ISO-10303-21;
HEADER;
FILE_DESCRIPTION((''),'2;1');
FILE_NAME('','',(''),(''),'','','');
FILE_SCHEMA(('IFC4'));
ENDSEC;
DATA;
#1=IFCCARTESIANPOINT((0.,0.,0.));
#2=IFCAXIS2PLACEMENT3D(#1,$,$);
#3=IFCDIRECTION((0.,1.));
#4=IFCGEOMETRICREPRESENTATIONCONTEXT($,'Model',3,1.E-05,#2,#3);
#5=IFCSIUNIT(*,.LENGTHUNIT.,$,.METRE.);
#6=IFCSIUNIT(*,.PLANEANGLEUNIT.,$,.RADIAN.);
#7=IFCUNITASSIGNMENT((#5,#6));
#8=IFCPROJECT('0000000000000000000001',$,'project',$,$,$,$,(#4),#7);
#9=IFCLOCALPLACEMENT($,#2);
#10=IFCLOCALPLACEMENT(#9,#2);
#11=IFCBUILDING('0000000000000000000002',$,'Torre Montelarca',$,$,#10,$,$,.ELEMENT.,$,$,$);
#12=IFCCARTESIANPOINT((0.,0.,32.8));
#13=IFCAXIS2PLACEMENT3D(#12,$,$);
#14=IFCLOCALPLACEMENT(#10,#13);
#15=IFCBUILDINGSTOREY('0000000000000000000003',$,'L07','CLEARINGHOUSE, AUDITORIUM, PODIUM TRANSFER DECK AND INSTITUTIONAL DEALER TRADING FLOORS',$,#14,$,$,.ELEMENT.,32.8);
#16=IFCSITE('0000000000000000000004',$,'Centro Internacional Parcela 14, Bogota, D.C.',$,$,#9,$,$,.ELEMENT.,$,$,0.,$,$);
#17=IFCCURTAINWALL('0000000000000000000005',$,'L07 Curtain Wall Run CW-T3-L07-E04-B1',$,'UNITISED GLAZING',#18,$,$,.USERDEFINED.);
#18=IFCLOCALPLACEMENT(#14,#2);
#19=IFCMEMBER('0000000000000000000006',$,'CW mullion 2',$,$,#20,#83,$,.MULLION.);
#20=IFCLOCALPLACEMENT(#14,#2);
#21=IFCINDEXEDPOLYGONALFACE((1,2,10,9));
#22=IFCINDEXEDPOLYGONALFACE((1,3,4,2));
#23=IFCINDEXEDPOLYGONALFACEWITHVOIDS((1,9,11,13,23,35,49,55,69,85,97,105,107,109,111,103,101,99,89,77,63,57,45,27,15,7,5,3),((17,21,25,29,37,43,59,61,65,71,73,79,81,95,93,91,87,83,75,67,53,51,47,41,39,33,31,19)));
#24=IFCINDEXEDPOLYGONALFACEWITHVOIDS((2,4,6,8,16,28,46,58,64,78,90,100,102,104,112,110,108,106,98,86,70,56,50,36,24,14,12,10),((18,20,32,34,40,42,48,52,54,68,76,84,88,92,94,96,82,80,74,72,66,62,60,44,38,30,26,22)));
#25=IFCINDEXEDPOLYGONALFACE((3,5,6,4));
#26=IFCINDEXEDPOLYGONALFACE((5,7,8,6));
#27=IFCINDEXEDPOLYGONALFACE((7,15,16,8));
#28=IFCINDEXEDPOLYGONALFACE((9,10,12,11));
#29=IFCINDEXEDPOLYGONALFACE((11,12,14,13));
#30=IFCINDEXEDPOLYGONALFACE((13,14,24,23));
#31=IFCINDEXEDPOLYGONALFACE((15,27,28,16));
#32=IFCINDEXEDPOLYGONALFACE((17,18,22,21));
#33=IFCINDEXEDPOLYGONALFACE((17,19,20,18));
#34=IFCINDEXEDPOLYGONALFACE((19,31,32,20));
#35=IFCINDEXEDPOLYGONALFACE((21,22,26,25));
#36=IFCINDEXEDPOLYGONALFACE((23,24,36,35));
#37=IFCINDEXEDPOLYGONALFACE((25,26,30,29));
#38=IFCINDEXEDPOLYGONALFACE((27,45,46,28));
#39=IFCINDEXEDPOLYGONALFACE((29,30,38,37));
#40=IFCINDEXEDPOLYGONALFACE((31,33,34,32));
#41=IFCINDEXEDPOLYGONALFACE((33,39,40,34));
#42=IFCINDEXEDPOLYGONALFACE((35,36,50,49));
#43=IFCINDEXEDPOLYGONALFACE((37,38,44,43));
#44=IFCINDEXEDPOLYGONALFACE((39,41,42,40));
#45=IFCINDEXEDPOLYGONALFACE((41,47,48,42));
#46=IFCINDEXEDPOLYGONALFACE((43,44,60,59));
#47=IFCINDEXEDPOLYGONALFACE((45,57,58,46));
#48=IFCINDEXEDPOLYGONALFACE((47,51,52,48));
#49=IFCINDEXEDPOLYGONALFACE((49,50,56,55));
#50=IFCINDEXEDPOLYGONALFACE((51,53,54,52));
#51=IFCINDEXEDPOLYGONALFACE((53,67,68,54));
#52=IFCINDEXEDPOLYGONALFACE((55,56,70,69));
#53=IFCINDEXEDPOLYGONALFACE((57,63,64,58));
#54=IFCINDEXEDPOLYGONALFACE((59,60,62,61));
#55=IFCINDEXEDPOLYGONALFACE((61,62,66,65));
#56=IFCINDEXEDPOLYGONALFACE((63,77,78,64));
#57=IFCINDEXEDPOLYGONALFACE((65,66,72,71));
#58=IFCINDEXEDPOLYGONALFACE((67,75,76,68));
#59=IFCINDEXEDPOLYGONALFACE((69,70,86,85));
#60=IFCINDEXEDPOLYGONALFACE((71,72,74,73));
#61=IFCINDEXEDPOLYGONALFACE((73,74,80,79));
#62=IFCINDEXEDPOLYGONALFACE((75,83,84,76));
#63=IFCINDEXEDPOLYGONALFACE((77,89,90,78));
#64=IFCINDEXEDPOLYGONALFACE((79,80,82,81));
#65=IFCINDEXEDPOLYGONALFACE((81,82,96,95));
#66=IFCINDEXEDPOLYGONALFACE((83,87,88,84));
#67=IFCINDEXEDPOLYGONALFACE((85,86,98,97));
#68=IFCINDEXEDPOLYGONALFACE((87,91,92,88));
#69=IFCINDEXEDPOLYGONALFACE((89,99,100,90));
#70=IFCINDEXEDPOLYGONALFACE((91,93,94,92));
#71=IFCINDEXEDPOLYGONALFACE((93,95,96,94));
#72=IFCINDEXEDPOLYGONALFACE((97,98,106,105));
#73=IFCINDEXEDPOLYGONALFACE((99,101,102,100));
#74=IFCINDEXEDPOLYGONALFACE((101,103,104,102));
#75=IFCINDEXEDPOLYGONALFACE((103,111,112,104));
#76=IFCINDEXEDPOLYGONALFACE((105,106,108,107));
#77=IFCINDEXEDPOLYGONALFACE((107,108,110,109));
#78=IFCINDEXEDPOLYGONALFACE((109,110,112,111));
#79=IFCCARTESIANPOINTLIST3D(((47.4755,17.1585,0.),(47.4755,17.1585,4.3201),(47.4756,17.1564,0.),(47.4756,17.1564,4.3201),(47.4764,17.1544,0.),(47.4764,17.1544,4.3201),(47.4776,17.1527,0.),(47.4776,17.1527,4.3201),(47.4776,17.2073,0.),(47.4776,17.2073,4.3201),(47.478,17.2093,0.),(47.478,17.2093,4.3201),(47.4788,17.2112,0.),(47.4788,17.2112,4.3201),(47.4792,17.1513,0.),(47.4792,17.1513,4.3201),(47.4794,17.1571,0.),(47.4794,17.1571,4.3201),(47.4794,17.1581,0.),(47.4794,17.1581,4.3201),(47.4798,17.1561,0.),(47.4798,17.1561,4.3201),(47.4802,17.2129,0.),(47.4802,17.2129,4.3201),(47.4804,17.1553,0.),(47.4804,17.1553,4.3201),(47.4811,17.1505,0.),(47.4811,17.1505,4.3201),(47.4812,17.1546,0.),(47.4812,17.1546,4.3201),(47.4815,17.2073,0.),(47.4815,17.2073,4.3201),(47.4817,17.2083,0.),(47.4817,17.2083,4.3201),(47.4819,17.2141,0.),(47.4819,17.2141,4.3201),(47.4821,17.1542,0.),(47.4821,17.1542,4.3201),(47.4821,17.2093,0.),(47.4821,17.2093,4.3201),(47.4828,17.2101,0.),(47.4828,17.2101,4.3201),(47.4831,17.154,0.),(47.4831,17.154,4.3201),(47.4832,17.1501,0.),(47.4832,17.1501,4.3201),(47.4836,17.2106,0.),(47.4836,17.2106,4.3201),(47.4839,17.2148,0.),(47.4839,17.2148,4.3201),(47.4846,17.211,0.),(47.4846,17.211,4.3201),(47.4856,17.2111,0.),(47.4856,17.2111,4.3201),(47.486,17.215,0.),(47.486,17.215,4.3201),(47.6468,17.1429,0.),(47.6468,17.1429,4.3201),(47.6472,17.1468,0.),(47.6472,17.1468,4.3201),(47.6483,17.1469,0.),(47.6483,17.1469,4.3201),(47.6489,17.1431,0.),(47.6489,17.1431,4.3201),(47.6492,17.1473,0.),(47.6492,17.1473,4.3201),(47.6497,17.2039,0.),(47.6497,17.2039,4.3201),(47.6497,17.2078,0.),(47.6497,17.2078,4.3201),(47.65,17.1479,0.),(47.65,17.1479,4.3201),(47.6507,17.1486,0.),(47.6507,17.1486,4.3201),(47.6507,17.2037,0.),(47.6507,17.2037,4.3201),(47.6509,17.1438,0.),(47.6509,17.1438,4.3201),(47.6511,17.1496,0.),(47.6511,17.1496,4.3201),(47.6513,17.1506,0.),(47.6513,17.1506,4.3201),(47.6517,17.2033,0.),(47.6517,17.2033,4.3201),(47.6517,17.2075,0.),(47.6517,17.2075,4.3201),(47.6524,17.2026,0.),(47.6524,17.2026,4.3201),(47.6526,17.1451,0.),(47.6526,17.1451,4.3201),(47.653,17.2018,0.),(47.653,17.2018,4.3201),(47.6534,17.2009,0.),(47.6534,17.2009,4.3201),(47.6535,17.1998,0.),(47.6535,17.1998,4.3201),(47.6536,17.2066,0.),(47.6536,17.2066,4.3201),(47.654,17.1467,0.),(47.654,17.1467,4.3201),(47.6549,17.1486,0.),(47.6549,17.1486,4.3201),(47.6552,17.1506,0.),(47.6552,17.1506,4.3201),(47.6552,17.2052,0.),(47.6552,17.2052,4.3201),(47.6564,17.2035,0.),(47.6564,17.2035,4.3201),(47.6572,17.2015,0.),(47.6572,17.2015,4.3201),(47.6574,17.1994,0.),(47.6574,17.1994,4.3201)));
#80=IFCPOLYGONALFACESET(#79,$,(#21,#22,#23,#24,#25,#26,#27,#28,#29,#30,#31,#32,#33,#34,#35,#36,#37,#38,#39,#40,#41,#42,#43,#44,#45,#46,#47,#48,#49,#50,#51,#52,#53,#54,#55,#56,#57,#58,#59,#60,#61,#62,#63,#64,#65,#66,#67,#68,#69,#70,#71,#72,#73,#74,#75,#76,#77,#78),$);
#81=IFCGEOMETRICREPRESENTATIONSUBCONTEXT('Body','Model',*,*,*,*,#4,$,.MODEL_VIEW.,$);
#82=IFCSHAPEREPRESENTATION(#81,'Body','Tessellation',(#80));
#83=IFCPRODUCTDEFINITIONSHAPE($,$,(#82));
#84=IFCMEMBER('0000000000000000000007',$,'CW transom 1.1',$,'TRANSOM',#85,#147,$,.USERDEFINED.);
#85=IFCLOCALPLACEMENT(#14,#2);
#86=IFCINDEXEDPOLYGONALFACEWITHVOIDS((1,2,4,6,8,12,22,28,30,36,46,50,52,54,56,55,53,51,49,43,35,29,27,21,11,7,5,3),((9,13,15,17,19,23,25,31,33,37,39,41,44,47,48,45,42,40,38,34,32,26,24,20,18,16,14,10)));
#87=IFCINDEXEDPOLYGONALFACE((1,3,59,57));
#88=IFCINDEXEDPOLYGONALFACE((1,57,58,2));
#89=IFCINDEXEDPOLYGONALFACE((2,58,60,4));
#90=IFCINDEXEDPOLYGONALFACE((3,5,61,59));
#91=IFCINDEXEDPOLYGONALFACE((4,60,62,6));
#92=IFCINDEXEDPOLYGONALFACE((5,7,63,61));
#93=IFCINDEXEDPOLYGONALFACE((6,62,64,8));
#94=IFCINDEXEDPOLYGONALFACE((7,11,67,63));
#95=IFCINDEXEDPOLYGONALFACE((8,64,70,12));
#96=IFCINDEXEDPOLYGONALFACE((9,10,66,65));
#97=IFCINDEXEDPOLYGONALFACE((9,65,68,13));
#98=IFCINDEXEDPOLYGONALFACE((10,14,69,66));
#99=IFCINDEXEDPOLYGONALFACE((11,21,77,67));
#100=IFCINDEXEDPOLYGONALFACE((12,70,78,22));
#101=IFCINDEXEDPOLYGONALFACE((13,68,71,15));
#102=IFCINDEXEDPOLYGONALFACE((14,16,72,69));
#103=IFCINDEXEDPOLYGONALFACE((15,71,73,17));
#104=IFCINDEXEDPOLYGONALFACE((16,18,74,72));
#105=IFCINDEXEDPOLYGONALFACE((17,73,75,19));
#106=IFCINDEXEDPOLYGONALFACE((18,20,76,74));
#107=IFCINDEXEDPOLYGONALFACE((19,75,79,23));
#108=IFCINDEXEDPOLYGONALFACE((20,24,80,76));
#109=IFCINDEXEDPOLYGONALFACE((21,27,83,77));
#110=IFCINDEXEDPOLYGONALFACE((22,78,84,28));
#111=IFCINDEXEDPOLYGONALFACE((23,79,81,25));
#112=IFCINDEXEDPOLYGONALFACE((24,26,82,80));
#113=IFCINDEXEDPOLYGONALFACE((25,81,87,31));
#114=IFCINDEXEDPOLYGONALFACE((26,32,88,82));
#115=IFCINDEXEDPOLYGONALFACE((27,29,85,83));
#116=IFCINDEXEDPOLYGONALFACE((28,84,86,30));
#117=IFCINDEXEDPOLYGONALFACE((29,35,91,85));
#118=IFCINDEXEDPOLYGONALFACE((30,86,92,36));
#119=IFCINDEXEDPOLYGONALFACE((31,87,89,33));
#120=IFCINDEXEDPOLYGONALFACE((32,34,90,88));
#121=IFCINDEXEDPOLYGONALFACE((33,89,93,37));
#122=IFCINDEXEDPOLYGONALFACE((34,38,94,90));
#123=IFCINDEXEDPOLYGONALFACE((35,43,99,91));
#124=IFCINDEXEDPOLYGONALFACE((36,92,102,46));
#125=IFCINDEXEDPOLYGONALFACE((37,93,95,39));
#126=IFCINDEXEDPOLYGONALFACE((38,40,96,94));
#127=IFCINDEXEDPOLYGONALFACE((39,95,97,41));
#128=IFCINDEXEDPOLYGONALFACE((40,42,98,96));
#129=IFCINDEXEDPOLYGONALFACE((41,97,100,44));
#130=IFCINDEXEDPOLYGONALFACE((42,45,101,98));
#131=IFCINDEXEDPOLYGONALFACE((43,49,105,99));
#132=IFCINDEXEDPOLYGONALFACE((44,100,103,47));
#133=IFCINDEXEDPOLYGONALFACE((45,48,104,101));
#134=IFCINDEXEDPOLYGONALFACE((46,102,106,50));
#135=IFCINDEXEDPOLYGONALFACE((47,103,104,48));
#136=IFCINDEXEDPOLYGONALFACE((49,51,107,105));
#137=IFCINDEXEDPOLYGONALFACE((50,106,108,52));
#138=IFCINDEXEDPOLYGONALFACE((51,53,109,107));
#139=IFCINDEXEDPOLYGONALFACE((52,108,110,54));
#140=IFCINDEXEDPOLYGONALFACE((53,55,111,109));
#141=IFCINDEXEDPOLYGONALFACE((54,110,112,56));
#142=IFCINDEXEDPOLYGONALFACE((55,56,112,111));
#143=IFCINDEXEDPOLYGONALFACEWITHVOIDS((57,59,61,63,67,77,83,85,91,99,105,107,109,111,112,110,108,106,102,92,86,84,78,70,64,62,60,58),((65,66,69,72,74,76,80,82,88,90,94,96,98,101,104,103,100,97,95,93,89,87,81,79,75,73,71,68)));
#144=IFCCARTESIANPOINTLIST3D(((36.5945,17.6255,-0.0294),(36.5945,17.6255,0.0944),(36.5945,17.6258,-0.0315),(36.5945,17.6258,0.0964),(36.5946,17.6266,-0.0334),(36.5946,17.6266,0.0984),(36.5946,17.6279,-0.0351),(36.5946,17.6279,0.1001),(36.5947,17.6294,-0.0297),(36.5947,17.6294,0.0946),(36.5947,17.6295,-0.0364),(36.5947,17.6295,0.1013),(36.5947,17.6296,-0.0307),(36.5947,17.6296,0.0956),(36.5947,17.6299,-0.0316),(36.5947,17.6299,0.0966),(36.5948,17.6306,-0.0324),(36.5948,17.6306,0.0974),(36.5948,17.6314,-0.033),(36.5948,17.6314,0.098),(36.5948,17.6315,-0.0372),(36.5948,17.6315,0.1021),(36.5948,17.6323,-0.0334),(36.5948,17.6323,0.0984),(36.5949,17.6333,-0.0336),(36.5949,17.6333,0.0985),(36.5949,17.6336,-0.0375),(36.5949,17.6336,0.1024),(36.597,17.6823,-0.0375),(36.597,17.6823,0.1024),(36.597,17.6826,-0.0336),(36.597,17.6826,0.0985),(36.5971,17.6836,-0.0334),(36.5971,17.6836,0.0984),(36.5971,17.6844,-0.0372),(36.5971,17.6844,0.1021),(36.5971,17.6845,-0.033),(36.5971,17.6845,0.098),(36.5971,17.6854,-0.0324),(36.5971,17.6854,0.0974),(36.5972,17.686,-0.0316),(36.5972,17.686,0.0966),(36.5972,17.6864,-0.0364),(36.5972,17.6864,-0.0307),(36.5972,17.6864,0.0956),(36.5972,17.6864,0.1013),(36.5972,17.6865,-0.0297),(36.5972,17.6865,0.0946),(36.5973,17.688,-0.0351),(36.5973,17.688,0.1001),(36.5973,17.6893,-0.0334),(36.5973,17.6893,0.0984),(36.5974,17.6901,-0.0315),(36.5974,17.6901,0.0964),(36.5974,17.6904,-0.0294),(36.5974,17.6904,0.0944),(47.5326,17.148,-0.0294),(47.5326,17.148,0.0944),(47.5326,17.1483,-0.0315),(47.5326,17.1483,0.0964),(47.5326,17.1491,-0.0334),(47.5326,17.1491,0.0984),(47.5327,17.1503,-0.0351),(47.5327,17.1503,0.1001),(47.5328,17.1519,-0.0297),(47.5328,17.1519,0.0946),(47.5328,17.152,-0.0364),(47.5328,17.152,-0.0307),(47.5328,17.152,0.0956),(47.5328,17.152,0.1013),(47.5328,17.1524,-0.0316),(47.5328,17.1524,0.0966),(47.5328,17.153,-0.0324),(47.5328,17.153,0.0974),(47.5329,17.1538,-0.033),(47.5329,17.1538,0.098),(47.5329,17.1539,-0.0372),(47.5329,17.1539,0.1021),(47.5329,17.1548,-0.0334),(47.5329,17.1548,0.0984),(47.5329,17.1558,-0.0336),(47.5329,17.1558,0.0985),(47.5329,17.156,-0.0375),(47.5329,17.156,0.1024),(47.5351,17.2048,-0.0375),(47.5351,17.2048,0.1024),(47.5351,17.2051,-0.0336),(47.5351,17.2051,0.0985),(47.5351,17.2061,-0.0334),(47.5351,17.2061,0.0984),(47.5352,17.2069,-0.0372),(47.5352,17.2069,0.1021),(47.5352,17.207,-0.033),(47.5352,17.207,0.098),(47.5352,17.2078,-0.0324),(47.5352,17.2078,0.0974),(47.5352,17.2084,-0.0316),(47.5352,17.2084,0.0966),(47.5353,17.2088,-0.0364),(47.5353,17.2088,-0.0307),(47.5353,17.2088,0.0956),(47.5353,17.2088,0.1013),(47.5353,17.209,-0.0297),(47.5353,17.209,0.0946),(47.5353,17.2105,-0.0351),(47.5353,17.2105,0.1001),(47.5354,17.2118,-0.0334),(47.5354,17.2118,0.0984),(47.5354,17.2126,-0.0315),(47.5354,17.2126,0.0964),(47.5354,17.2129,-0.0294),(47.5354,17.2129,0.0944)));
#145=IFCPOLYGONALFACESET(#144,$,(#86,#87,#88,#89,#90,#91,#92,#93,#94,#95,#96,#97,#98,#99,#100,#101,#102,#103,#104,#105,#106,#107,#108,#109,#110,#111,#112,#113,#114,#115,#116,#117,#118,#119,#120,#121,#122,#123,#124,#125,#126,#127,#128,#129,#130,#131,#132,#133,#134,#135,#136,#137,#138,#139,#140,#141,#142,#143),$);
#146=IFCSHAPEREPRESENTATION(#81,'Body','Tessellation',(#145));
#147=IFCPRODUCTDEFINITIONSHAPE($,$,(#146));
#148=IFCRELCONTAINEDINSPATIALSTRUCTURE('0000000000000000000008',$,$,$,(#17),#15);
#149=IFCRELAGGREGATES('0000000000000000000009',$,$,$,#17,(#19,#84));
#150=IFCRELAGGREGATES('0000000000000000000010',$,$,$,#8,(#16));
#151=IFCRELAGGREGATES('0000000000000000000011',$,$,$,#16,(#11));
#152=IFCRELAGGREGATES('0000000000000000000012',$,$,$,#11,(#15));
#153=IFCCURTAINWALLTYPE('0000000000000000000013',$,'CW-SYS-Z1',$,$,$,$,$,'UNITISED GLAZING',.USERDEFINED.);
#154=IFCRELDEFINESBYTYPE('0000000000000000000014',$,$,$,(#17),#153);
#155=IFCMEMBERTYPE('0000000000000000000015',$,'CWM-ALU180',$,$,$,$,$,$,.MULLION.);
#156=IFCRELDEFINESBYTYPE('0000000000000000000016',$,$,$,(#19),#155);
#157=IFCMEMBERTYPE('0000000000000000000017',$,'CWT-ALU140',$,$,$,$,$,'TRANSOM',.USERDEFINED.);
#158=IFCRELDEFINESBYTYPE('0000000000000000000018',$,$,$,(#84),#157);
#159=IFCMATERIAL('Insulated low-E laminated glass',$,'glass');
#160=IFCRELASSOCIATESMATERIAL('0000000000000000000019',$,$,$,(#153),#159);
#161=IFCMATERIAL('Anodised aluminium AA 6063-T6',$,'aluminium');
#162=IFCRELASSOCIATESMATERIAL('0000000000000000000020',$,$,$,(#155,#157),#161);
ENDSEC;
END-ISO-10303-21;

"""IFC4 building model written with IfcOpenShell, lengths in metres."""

from ifc_helpers import new_model, si_unit, direction, frame, origin, origin_2d, place, context, subcontext, project, spatial, hollow_rectangle, extrude, source, transform, mapped, material, material_profile, profile_set, type_object, element, aggregate, save


model = new_model("IFC4")

# Units and contexts
model_context = context("Model", 3, precision=1e-05, world=origin(), true_north=direction((0.0, 1.0)))
body_context = subcontext(model_context, "Body", "Model", "MODEL_VIEW")
ifc_project = project(units=[si_unit("LENGTHUNIT", "METRE"), si_unit("PLANEANGLEUNIT", "RADIAN")], contexts=[model_context])

# Site, building, storey
site_placement = place(None, origin())
site = spatial("IfcSite", under=ifc_project, at=site_placement, Name="Centro Internacional Parcela 14, Bogota, D.C.", CompositionType="ELEMENT", RefElevation=0.0)
building_placement = place(site_placement, origin())
building = spatial("IfcBuilding", under=site, at=building_placement, Name="Torre Montelarca", CompositionType="ELEMENT")
storey_placement = place(building_placement, frame((0.0, 0.0, 32.8)))
storey = spatial("IfcBuildingStorey", under=building, at=storey_placement, Name="L07", Description="CLEARINGHOUSE, AUDITORIUM, PODIUM TRANSFER DECK AND INSTITUTIONAL DEALER TRADING FLOORS", CompositionType="ELEMENT", Elevation=32.8)

# Shared definitions
ifc_material_1 = material(Name="Insulated low-E laminated glass", Category="glass")
curtain_wall_type = type_object("IfcCurtainWallType", Name="CW-SYS-Z1", ElementType="UNITISED GLAZING", PredefinedType="USERDEFINED", material=ifc_material_1)
ifc_material_2 = material(Name="Anodised aluminium AA 6063-T6", Category="aluminium")
ifc_material_profile_1 = material_profile(ifc_material_2, hollow_rectangle(XDim=0.0649, YDim=0.1799, WallThickness=0.0039, InnerFilletRadius=0.0039, OuterFilletRadius=0.0081, at=origin_2d()), Name="ALU65X180X4", Category="aluminium")
ifc_profile_set_1 = profile_set([ifc_material_profile_1], Name="Anodised aluminium AA 6063-T6")
member_type_1 = type_object("IfcMemberType", Name="CWM-ALU180", PredefinedType="MULLION", material=ifc_profile_set_1)
shared_shape_1 = source(origin(), body_context, "Body", "SweptSolid", [
    extrude(hollow_rectangle(XDim=0.0649, YDim=0.1799, WallThickness=0.0039, InnerFilletRadius=0.0039, OuterFilletRadius=0.0081, at=origin_2d()), origin(), (0.0, 0.0, 1.0), 4.3201),
])

# Curtain wall, members
curtain_wall_1_placement = place(storey_placement, origin())
curtain_wall_1 = element("IfcCurtainWall", 1, at=curtain_wall_1_placement, inside=storey, type_object=curtain_wall_type, Name="L07 Curtain Wall Run CW-T3-L07-E04-B1", ObjectType="UNITISED GLAZING", PredefinedType="USERDEFINED")
member_1_placement = place(storey_placement, frame((47.5664, 17.179, 0.0), z_axis=(0.0, 0.0, 1.0), x_axis=(0.043617, 0.999048, 0.0)))
member_1 = element("IfcMember", 2, at=member_1_placement, type_object=member_type_1, Name="CW mullion 2", PredefinedType="MULLION", context=body_context, shape_type="MappedRepresentation", body=[
    mapped(shared_shape_1, transform((0.0, 0.0, 0.0), scale=1.0)),
])
ifc_material_profile_2 = material_profile(ifc_material_2, hollow_rectangle(XDim=0.0649, YDim=0.1399, WallThickness=0.0039, InnerFilletRadius=0.0039, OuterFilletRadius=0.0081, at=origin_2d()), Name="ALU65X140X4", Category="aluminium")
ifc_profile_set_2 = profile_set([ifc_material_profile_2], Name="Anodised aluminium AA 6063-T6")
member_type_2 = type_object("IfcMemberType", Name="CWT-ALU140", ElementType="TRANSOM", PredefinedType="USERDEFINED", material=ifc_profile_set_2)
shared_shape_2 = source(origin(), body_context, "Body", "SweptSolid", [
    extrude(hollow_rectangle(XDim=0.0649, YDim=0.1399, WallThickness=0.0039, InnerFilletRadius=0.0039, OuterFilletRadius=0.0081, at=origin_2d()), origin(), (0.0, 0.0, 1.0), 10.9485),
])
member_2_placement = place(storey_placement, frame((36.5959, 17.658, 0.0325), z_axis=(0.999048, -0.043617, 0.0), x_axis=(0.043617, 0.999048, 0.0)))
member_2 = element("IfcMember", 3, at=member_2_placement, type_object=member_type_2, Name="CW transom 1.1", ObjectType="TRANSOM", PredefinedType="USERDEFINED", context=body_context, shape_type="MappedRepresentation", body=[
    mapped(shared_shape_2, transform((0.0, 0.0, 0.0), scale=1.0)),
])
aggregate(curtain_wall_1, [member_1, member_2])

save(model, "model.ifc")
